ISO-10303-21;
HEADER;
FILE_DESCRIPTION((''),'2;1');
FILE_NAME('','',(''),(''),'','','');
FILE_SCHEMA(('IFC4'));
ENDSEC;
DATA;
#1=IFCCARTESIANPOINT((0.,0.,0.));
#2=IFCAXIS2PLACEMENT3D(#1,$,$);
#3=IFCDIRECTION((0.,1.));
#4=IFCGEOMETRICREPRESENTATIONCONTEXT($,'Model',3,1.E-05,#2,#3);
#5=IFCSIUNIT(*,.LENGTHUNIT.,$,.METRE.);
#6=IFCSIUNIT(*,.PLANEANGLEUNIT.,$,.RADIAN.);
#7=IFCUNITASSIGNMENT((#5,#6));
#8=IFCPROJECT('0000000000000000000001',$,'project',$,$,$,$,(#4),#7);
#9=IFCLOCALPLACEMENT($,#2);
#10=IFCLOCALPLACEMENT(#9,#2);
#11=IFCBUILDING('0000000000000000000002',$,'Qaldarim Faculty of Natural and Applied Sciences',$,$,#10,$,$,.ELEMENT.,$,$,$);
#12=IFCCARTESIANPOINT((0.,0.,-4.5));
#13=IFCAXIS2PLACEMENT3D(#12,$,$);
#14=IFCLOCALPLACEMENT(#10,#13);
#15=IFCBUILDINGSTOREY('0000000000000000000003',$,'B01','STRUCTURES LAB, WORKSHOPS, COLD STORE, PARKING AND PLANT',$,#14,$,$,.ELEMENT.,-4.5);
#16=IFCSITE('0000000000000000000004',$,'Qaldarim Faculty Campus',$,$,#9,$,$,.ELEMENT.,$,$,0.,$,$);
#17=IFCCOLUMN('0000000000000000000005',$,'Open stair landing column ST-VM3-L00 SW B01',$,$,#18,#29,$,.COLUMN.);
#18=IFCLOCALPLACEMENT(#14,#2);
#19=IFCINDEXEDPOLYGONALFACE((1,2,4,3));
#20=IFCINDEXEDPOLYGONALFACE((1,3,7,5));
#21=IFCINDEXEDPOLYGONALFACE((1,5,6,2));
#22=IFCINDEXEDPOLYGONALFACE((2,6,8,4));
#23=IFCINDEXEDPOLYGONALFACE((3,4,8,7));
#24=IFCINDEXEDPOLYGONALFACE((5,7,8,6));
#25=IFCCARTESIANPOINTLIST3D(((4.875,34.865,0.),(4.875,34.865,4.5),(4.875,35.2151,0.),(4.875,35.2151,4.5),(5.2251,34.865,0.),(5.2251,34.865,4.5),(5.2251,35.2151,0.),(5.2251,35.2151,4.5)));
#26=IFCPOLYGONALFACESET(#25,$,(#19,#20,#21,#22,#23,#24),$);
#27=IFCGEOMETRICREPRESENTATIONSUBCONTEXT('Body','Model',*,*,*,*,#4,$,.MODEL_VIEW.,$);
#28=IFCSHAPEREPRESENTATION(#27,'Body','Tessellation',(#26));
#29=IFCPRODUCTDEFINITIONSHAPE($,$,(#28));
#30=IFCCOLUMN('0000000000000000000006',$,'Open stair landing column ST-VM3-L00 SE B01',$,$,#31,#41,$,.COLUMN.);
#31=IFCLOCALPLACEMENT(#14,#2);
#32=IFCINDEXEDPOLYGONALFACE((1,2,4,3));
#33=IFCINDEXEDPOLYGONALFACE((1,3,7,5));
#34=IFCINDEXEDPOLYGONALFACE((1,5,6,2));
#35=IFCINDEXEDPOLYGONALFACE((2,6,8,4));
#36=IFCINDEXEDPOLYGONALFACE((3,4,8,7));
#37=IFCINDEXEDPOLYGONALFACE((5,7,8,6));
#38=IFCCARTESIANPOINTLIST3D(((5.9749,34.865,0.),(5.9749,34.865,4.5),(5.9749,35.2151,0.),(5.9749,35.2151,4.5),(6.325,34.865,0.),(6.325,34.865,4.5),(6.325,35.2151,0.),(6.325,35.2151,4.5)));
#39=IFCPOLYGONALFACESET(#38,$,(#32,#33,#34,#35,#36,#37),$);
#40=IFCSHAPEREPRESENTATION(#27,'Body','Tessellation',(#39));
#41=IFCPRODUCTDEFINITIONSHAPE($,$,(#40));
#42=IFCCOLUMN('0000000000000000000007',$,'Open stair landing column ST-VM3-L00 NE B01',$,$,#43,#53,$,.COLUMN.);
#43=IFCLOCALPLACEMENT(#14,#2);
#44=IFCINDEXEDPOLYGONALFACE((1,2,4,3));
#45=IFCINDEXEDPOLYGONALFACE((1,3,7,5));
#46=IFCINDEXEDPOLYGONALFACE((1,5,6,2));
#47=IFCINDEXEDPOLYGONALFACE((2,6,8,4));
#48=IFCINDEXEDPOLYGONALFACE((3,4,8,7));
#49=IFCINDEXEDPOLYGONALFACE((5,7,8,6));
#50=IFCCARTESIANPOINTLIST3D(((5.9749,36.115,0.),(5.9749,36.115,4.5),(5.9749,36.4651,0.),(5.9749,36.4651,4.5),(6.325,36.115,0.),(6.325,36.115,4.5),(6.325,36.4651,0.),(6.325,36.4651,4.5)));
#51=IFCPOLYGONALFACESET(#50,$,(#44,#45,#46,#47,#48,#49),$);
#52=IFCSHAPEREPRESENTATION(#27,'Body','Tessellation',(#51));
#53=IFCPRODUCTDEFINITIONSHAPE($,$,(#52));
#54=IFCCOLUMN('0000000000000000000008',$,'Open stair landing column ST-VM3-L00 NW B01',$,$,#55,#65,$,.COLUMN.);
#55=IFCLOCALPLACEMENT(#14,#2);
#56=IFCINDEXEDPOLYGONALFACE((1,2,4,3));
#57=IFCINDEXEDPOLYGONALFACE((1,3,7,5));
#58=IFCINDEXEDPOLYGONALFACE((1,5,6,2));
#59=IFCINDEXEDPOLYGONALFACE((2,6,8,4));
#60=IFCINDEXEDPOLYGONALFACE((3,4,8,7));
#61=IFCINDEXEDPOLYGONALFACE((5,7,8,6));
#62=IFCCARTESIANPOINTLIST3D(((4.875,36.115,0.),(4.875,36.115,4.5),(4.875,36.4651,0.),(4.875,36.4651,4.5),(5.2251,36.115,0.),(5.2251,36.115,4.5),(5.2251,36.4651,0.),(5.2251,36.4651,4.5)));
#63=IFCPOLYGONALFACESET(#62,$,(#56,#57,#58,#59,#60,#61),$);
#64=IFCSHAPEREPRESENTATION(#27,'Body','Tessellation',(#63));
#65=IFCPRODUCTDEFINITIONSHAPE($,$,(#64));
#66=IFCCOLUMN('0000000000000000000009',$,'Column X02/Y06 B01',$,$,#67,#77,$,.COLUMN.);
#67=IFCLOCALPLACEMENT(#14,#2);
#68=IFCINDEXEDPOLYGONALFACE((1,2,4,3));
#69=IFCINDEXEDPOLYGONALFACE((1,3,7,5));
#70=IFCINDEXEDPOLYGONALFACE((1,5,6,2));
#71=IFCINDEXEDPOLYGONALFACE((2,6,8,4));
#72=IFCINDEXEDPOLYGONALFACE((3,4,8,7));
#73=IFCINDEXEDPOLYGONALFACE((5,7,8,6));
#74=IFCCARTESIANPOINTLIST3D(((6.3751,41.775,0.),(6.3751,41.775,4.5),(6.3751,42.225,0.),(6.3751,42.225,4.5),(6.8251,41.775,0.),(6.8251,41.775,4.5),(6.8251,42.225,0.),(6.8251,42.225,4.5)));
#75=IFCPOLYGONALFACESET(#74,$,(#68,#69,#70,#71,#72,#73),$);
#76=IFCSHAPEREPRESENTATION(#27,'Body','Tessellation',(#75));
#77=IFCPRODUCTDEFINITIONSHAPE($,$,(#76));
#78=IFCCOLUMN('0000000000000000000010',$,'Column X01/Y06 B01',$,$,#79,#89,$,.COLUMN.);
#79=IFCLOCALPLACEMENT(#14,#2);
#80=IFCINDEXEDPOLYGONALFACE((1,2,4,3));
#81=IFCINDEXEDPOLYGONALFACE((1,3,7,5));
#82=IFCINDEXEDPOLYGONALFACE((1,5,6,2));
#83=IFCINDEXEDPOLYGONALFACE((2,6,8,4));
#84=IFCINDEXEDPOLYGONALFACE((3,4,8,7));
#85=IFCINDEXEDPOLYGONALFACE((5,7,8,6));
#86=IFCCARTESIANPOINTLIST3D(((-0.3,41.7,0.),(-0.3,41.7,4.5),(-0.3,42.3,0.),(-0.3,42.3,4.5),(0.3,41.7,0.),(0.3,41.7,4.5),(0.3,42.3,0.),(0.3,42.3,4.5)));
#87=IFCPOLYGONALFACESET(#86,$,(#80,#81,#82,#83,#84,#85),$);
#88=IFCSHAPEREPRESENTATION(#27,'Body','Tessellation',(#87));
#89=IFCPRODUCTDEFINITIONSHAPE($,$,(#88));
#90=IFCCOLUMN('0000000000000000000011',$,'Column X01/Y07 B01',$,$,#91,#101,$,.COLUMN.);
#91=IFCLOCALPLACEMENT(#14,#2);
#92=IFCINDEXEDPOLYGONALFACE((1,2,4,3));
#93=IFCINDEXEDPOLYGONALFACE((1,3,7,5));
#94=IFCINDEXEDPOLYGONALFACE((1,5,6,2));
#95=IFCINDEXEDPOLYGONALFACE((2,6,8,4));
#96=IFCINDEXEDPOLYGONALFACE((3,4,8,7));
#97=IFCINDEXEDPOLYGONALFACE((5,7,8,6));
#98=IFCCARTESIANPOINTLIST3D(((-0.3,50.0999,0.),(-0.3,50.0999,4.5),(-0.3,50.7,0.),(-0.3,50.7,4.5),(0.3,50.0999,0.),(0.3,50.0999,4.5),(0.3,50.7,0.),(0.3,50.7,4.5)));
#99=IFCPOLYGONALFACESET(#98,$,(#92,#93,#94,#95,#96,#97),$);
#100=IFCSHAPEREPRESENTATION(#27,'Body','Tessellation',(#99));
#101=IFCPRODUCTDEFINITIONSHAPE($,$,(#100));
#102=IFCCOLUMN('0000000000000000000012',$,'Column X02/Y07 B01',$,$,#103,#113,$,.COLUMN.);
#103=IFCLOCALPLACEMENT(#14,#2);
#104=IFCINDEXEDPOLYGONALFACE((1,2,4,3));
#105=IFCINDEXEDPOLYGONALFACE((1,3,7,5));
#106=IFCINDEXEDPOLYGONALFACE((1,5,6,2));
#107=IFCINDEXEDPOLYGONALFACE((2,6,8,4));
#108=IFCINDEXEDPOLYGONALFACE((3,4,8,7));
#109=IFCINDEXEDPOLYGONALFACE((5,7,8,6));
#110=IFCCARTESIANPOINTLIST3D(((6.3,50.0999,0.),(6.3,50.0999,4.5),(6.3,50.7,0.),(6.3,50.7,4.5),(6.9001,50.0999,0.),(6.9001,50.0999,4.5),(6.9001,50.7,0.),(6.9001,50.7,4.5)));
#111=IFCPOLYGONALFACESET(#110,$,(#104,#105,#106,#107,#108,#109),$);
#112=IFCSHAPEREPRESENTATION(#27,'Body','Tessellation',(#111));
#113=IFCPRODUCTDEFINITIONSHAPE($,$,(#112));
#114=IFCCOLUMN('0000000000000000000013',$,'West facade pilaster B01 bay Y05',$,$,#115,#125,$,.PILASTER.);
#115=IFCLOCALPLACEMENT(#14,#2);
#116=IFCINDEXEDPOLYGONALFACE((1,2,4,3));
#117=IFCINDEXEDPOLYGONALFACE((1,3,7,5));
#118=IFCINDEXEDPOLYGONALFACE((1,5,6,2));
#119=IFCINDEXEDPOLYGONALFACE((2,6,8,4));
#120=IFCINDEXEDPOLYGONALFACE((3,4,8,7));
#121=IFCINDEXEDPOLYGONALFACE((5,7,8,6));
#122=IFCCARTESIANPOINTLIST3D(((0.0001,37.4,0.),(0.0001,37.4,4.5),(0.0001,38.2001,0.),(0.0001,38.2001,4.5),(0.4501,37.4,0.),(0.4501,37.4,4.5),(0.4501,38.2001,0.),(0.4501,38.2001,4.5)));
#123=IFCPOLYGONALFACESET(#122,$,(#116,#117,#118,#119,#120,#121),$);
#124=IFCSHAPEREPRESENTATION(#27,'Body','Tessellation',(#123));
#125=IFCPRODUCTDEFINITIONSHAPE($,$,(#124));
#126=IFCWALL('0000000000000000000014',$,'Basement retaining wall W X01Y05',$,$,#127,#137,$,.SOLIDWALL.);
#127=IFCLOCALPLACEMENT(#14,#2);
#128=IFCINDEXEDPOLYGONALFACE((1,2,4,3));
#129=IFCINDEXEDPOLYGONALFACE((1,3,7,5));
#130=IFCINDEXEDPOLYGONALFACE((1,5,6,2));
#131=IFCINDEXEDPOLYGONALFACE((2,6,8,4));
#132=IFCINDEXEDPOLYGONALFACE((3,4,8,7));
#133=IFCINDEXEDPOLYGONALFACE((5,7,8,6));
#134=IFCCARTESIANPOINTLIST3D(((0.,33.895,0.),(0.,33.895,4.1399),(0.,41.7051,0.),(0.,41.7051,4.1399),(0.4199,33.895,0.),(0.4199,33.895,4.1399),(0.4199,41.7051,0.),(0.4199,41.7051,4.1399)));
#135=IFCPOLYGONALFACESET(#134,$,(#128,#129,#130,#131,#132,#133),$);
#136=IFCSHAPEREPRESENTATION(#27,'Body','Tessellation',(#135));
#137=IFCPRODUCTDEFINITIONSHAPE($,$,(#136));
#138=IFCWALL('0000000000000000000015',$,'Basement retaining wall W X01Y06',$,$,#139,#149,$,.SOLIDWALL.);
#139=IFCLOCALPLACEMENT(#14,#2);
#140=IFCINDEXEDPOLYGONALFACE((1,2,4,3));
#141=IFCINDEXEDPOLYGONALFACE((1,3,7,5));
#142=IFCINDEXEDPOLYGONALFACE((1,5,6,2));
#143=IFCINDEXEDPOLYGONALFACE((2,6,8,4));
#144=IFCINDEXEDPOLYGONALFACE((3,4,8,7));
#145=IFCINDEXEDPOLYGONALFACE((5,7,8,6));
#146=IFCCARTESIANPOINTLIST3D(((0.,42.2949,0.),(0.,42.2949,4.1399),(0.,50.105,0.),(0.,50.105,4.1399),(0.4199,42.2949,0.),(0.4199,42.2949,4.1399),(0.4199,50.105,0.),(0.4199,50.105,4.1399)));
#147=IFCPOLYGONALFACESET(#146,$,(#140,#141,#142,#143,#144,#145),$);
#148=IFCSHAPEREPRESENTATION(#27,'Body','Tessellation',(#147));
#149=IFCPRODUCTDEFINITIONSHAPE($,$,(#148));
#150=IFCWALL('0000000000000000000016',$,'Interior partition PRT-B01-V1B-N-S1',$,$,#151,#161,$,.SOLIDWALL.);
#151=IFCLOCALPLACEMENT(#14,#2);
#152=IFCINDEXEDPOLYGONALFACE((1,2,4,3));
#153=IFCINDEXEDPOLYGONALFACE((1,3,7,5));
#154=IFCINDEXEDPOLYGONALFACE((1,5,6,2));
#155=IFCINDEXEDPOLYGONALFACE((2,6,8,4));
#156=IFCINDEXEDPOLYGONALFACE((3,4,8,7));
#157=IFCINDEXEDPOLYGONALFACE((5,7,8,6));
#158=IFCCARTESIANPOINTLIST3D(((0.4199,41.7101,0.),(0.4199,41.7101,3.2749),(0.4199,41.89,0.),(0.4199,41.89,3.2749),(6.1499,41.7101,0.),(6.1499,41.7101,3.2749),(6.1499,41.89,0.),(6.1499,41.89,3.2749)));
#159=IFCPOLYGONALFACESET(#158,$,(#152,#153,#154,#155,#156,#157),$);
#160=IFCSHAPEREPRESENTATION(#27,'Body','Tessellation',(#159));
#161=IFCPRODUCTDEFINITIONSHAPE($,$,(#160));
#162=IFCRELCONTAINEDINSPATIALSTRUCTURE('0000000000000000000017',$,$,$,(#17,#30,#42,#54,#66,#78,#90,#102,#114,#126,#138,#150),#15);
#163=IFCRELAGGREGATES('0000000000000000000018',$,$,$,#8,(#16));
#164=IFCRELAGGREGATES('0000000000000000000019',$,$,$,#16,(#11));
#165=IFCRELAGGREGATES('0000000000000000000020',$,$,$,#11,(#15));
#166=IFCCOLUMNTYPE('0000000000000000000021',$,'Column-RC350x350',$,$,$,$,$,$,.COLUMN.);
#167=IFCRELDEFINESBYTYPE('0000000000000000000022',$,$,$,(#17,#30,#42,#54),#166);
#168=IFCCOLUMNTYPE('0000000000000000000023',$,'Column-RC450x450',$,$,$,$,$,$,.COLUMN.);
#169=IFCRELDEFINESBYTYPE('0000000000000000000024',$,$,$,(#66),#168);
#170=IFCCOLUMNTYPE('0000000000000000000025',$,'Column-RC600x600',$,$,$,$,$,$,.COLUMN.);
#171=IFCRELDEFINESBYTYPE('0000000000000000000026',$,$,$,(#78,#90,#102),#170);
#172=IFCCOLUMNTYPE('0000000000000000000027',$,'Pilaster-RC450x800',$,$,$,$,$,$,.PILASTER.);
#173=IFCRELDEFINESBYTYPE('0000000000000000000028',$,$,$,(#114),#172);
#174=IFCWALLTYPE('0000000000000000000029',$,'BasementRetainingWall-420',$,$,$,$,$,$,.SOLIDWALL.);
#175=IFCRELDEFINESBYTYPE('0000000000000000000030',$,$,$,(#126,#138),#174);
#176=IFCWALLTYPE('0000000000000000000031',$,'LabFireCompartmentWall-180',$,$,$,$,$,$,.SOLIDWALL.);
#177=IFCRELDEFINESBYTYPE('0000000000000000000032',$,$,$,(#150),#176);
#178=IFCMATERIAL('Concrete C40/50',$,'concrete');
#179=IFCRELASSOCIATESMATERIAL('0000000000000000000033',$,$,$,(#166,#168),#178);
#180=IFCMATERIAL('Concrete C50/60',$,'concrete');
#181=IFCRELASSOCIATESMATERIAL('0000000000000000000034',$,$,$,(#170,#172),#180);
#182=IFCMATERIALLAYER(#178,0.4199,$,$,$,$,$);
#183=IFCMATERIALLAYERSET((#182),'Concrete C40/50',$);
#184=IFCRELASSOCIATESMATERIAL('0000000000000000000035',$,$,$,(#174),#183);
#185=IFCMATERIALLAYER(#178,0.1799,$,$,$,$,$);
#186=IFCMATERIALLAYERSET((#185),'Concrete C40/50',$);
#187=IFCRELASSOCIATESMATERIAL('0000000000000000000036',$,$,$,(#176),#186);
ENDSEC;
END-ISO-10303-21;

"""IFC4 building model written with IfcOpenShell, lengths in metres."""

from ifc_helpers import new_model, si_unit, direction, frame, frame_2d, origin, origin_2d, place, context, subcontext, project, spatial, rectangle, extrude, material, layer, layer_set, material_profile, profile_set, type_object, element, save


model = new_model("IFC4")

# Units and contexts
model_context = context("Model", 3, precision=1e-05, world=origin(), true_north=direction((0.0, 1.0)))
body_context = subcontext(model_context, "Body", "Model", "MODEL_VIEW")
ifc_project = project(units=[si_unit("LENGTHUNIT", "METRE"), si_unit("PLANEANGLEUNIT", "RADIAN")], contexts=[model_context])

# Site, building, storey
site_placement = place(None, origin())
site = spatial("IfcSite", under=ifc_project, at=site_placement, Name="Qaldarim Faculty Campus", CompositionType="ELEMENT", RefElevation=0.0)
building_placement = place(site_placement, origin())
building = spatial("IfcBuilding", under=site, at=building_placement, Name="Qaldarim Faculty of Natural and Applied Sciences", CompositionType="ELEMENT")
storey_placement = place(building_placement, frame((0.0, 0.0, -4.5)))
storey = spatial("IfcBuildingStorey", under=building, at=storey_placement, Name="B01", Description="STRUCTURES LAB, WORKSHOPS, COLD STORE, PARKING AND PLANT", CompositionType="ELEMENT", Elevation=-4.5)

# Shared definitions
ifc_material_1 = material(Name="Concrete C40/50", Category="concrete")

# Columns
ifc_material_profile_1 = material_profile(ifc_material_1, rectangle(XDim=0.3501, YDim=0.3501, at=origin_2d()), Name="RC-C350x350")
ifc_profile_set_1 = profile_set([ifc_material_profile_1], Name="Concrete C40/50")
column_type_1 = type_object("IfcColumnType", Name="Column-RC350x350", PredefinedType="COLUMN", material=ifc_profile_set_1)
for number, where, z_axis, x_axis, name in (
    (1, (5.05, 35.04, 0.0), (0.0, 0.0, 1.0), (1.0, 0.0, 0.0), "Open stair landing column ST-VM3-L00 SW B01"),
    (2, (6.1499, 35.04, 0.0), (0.0, 0.0, 1.0), (1.0, 0.0, 0.0), "Open stair landing column ST-VM3-L00 SE B01"),
    (3, (6.1499, 36.29, 0.0), (0.0, 0.0, 1.0), (1.0, 0.0, 0.0), "Open stair landing column ST-VM3-L00 NE B01"),
    (4, (5.05, 36.29, 0.0), (0.0, 0.0, 1.0), (1.0, 0.0, 0.0), "Open stair landing column ST-VM3-L00 NW B01"),
):
    element("IfcColumn", number, at=place(storey_placement, frame(where, z_axis=z_axis, x_axis=x_axis)), inside=storey, type_object=column_type_1, Name=name, PredefinedType="COLUMN", context=body_context, shape_type="SweptSolid", body=[
        extrude(rectangle(XDim=0.3501, YDim=0.3501, at=origin_2d()), origin(), (0.0, 0.0, 1.0), 4.5),
    ])
ifc_material_profile_2 = material_profile(ifc_material_1, rectangle(XDim=0.45, YDim=0.45, at=origin_2d()), Name="RC-C450x450")
ifc_profile_set_2 = profile_set([ifc_material_profile_2], Name="Concrete C40/50")
column_type_2 = type_object("IfcColumnType", Name="Column-RC450x450", PredefinedType="COLUMN", material=ifc_profile_set_2)
column_1_placement = place(storey_placement, frame((6.6001, 42.0, 0.0), z_axis=(0.0, 0.0, 1.0), x_axis=(1.0, 0.0, 0.0)))
element("IfcColumn", 5, at=column_1_placement, inside=storey, type_object=column_type_2, Name="Column X02/Y06 B01", PredefinedType="COLUMN", context=body_context, shape_type="SweptSolid", body=[
    extrude(rectangle(XDim=0.45, YDim=0.45, at=origin_2d()), origin(), (0.0, 0.0, 1.0), 4.5),
])
ifc_material_2 = material(Name="Concrete C50/60", Category="concrete")
ifc_material_profile_3 = material_profile(ifc_material_2, rectangle(XDim=0.6001, YDim=0.6001, at=origin_2d()), Name="RC-C600x600")
ifc_profile_set_3 = profile_set([ifc_material_profile_3], Name="Concrete C50/60")
column_type_3 = type_object("IfcColumnType", Name="Column-RC600x600", PredefinedType="COLUMN", material=ifc_profile_set_3)
for number, where, z_axis, x_axis, name in (
    (6, (0.0, 42.0, 0.0), (0.0, 0.0, 1.0), (1.0, 0.0, 0.0), "Column X01/Y06 B01"),
    (7, (0.0, 50.3999, 0.0), (0.0, 0.0, 1.0), (1.0, 0.0, 0.0), "Column X01/Y07 B01"),
    (8, (6.6001, 50.3999, 0.0), (0.0, 0.0, 1.0), (1.0, 0.0, 0.0), "Column X02/Y07 B01"),
):
    element("IfcColumn", number, at=place(storey_placement, frame(where, z_axis=z_axis, x_axis=x_axis)), inside=storey, type_object=column_type_3, Name=name, PredefinedType="COLUMN", context=body_context, shape_type="SweptSolid", body=[
        extrude(rectangle(XDim=0.6001, YDim=0.6001, at=origin_2d()), origin(), (0.0, 0.0, 1.0), 4.5),
    ])
ifc_material_profile_4 = material_profile(ifc_material_2, rectangle(XDim=0.45, YDim=0.8, at=origin_2d()), Name="RC-C450x800")
ifc_profile_set_4 = profile_set([ifc_material_profile_4], Name="Concrete C50/60")
column_type_4 = type_object("IfcColumnType", Name="Pilaster-RC450x800", PredefinedType="PILASTER", material=ifc_profile_set_4)
column_2_placement = place(storey_placement, frame((0.2251, 37.8, 0.0), z_axis=(0.0, 0.0, 1.0), x_axis=(1.0, 0.0, 0.0)))
element("IfcColumn", 9, at=column_2_placement, inside=storey, type_object=column_type_4, Name="West facade pilaster B01 bay Y05", PredefinedType="PILASTER", context=body_context, shape_type="SweptSolid", body=[
    extrude(rectangle(XDim=0.45, YDim=0.8, at=origin_2d()), origin(), (0.0, 0.0, 1.0), 4.5),
])

# Walls
ifc_layer_1 = layer(ifc_material_1, 0.4199)
ifc_layer_set_1 = layer_set([ifc_layer_1], Name="Concrete C40/50")
wall_type_1 = type_object("IfcWallType", Name="BasementRetainingWall-420", PredefinedType="SOLIDWALL", material=ifc_layer_set_1)
for number, where, z_axis, x_axis, name in (
    (10, (0.21, 41.7051, 0.0), (0.0, 0.0, 1.0), (0.0, -1.0, 0.0), "Basement retaining wall W X01Y05"),
    (11, (0.21, 50.105, 0.0), (0.0, 0.0, 1.0), (0.0, -1.0, 0.0), "Basement retaining wall W X01Y06"),
):
    element("IfcWall", number, at=place(storey_placement, frame(where, z_axis=z_axis, x_axis=x_axis)), inside=storey, type_object=wall_type_1, Name=name, PredefinedType="SOLIDWALL", context=body_context, shape_type="SweptSolid", body=[
        extrude(rectangle(XDim=7.8101, YDim=0.4199, at=frame_2d((3.905, 0.0))), origin(), (0.0, 0.0, 1.0), 4.1399),
    ])
ifc_layer_2 = layer(ifc_material_1, 0.1799)
ifc_layer_set_2 = layer_set([ifc_layer_2], Name="Concrete C40/50")
wall_type_2 = type_object("IfcWallType", Name="LabFireCompartmentWall-180", PredefinedType="SOLIDWALL", material=ifc_layer_set_2)
wall_1_placement = place(storey_placement, frame((0.4199, 41.8, 0.0), z_axis=(0.0, 0.0, 1.0), x_axis=(1.0, 0.0, 0.0)))
element("IfcWall", 12, at=wall_1_placement, inside=storey, type_object=wall_type_2, Name="Interior partition PRT-B01-V1B-N-S1", PredefinedType="SOLIDWALL", context=body_context, shape_type="SweptSolid", body=[
    extrude(rectangle(XDim=5.73, YDim=0.1799, at=frame_2d((2.865, 0.0))), origin(), (0.0, 0.0, 1.0), 3.2749),
])

save(model, "model.ifc")
